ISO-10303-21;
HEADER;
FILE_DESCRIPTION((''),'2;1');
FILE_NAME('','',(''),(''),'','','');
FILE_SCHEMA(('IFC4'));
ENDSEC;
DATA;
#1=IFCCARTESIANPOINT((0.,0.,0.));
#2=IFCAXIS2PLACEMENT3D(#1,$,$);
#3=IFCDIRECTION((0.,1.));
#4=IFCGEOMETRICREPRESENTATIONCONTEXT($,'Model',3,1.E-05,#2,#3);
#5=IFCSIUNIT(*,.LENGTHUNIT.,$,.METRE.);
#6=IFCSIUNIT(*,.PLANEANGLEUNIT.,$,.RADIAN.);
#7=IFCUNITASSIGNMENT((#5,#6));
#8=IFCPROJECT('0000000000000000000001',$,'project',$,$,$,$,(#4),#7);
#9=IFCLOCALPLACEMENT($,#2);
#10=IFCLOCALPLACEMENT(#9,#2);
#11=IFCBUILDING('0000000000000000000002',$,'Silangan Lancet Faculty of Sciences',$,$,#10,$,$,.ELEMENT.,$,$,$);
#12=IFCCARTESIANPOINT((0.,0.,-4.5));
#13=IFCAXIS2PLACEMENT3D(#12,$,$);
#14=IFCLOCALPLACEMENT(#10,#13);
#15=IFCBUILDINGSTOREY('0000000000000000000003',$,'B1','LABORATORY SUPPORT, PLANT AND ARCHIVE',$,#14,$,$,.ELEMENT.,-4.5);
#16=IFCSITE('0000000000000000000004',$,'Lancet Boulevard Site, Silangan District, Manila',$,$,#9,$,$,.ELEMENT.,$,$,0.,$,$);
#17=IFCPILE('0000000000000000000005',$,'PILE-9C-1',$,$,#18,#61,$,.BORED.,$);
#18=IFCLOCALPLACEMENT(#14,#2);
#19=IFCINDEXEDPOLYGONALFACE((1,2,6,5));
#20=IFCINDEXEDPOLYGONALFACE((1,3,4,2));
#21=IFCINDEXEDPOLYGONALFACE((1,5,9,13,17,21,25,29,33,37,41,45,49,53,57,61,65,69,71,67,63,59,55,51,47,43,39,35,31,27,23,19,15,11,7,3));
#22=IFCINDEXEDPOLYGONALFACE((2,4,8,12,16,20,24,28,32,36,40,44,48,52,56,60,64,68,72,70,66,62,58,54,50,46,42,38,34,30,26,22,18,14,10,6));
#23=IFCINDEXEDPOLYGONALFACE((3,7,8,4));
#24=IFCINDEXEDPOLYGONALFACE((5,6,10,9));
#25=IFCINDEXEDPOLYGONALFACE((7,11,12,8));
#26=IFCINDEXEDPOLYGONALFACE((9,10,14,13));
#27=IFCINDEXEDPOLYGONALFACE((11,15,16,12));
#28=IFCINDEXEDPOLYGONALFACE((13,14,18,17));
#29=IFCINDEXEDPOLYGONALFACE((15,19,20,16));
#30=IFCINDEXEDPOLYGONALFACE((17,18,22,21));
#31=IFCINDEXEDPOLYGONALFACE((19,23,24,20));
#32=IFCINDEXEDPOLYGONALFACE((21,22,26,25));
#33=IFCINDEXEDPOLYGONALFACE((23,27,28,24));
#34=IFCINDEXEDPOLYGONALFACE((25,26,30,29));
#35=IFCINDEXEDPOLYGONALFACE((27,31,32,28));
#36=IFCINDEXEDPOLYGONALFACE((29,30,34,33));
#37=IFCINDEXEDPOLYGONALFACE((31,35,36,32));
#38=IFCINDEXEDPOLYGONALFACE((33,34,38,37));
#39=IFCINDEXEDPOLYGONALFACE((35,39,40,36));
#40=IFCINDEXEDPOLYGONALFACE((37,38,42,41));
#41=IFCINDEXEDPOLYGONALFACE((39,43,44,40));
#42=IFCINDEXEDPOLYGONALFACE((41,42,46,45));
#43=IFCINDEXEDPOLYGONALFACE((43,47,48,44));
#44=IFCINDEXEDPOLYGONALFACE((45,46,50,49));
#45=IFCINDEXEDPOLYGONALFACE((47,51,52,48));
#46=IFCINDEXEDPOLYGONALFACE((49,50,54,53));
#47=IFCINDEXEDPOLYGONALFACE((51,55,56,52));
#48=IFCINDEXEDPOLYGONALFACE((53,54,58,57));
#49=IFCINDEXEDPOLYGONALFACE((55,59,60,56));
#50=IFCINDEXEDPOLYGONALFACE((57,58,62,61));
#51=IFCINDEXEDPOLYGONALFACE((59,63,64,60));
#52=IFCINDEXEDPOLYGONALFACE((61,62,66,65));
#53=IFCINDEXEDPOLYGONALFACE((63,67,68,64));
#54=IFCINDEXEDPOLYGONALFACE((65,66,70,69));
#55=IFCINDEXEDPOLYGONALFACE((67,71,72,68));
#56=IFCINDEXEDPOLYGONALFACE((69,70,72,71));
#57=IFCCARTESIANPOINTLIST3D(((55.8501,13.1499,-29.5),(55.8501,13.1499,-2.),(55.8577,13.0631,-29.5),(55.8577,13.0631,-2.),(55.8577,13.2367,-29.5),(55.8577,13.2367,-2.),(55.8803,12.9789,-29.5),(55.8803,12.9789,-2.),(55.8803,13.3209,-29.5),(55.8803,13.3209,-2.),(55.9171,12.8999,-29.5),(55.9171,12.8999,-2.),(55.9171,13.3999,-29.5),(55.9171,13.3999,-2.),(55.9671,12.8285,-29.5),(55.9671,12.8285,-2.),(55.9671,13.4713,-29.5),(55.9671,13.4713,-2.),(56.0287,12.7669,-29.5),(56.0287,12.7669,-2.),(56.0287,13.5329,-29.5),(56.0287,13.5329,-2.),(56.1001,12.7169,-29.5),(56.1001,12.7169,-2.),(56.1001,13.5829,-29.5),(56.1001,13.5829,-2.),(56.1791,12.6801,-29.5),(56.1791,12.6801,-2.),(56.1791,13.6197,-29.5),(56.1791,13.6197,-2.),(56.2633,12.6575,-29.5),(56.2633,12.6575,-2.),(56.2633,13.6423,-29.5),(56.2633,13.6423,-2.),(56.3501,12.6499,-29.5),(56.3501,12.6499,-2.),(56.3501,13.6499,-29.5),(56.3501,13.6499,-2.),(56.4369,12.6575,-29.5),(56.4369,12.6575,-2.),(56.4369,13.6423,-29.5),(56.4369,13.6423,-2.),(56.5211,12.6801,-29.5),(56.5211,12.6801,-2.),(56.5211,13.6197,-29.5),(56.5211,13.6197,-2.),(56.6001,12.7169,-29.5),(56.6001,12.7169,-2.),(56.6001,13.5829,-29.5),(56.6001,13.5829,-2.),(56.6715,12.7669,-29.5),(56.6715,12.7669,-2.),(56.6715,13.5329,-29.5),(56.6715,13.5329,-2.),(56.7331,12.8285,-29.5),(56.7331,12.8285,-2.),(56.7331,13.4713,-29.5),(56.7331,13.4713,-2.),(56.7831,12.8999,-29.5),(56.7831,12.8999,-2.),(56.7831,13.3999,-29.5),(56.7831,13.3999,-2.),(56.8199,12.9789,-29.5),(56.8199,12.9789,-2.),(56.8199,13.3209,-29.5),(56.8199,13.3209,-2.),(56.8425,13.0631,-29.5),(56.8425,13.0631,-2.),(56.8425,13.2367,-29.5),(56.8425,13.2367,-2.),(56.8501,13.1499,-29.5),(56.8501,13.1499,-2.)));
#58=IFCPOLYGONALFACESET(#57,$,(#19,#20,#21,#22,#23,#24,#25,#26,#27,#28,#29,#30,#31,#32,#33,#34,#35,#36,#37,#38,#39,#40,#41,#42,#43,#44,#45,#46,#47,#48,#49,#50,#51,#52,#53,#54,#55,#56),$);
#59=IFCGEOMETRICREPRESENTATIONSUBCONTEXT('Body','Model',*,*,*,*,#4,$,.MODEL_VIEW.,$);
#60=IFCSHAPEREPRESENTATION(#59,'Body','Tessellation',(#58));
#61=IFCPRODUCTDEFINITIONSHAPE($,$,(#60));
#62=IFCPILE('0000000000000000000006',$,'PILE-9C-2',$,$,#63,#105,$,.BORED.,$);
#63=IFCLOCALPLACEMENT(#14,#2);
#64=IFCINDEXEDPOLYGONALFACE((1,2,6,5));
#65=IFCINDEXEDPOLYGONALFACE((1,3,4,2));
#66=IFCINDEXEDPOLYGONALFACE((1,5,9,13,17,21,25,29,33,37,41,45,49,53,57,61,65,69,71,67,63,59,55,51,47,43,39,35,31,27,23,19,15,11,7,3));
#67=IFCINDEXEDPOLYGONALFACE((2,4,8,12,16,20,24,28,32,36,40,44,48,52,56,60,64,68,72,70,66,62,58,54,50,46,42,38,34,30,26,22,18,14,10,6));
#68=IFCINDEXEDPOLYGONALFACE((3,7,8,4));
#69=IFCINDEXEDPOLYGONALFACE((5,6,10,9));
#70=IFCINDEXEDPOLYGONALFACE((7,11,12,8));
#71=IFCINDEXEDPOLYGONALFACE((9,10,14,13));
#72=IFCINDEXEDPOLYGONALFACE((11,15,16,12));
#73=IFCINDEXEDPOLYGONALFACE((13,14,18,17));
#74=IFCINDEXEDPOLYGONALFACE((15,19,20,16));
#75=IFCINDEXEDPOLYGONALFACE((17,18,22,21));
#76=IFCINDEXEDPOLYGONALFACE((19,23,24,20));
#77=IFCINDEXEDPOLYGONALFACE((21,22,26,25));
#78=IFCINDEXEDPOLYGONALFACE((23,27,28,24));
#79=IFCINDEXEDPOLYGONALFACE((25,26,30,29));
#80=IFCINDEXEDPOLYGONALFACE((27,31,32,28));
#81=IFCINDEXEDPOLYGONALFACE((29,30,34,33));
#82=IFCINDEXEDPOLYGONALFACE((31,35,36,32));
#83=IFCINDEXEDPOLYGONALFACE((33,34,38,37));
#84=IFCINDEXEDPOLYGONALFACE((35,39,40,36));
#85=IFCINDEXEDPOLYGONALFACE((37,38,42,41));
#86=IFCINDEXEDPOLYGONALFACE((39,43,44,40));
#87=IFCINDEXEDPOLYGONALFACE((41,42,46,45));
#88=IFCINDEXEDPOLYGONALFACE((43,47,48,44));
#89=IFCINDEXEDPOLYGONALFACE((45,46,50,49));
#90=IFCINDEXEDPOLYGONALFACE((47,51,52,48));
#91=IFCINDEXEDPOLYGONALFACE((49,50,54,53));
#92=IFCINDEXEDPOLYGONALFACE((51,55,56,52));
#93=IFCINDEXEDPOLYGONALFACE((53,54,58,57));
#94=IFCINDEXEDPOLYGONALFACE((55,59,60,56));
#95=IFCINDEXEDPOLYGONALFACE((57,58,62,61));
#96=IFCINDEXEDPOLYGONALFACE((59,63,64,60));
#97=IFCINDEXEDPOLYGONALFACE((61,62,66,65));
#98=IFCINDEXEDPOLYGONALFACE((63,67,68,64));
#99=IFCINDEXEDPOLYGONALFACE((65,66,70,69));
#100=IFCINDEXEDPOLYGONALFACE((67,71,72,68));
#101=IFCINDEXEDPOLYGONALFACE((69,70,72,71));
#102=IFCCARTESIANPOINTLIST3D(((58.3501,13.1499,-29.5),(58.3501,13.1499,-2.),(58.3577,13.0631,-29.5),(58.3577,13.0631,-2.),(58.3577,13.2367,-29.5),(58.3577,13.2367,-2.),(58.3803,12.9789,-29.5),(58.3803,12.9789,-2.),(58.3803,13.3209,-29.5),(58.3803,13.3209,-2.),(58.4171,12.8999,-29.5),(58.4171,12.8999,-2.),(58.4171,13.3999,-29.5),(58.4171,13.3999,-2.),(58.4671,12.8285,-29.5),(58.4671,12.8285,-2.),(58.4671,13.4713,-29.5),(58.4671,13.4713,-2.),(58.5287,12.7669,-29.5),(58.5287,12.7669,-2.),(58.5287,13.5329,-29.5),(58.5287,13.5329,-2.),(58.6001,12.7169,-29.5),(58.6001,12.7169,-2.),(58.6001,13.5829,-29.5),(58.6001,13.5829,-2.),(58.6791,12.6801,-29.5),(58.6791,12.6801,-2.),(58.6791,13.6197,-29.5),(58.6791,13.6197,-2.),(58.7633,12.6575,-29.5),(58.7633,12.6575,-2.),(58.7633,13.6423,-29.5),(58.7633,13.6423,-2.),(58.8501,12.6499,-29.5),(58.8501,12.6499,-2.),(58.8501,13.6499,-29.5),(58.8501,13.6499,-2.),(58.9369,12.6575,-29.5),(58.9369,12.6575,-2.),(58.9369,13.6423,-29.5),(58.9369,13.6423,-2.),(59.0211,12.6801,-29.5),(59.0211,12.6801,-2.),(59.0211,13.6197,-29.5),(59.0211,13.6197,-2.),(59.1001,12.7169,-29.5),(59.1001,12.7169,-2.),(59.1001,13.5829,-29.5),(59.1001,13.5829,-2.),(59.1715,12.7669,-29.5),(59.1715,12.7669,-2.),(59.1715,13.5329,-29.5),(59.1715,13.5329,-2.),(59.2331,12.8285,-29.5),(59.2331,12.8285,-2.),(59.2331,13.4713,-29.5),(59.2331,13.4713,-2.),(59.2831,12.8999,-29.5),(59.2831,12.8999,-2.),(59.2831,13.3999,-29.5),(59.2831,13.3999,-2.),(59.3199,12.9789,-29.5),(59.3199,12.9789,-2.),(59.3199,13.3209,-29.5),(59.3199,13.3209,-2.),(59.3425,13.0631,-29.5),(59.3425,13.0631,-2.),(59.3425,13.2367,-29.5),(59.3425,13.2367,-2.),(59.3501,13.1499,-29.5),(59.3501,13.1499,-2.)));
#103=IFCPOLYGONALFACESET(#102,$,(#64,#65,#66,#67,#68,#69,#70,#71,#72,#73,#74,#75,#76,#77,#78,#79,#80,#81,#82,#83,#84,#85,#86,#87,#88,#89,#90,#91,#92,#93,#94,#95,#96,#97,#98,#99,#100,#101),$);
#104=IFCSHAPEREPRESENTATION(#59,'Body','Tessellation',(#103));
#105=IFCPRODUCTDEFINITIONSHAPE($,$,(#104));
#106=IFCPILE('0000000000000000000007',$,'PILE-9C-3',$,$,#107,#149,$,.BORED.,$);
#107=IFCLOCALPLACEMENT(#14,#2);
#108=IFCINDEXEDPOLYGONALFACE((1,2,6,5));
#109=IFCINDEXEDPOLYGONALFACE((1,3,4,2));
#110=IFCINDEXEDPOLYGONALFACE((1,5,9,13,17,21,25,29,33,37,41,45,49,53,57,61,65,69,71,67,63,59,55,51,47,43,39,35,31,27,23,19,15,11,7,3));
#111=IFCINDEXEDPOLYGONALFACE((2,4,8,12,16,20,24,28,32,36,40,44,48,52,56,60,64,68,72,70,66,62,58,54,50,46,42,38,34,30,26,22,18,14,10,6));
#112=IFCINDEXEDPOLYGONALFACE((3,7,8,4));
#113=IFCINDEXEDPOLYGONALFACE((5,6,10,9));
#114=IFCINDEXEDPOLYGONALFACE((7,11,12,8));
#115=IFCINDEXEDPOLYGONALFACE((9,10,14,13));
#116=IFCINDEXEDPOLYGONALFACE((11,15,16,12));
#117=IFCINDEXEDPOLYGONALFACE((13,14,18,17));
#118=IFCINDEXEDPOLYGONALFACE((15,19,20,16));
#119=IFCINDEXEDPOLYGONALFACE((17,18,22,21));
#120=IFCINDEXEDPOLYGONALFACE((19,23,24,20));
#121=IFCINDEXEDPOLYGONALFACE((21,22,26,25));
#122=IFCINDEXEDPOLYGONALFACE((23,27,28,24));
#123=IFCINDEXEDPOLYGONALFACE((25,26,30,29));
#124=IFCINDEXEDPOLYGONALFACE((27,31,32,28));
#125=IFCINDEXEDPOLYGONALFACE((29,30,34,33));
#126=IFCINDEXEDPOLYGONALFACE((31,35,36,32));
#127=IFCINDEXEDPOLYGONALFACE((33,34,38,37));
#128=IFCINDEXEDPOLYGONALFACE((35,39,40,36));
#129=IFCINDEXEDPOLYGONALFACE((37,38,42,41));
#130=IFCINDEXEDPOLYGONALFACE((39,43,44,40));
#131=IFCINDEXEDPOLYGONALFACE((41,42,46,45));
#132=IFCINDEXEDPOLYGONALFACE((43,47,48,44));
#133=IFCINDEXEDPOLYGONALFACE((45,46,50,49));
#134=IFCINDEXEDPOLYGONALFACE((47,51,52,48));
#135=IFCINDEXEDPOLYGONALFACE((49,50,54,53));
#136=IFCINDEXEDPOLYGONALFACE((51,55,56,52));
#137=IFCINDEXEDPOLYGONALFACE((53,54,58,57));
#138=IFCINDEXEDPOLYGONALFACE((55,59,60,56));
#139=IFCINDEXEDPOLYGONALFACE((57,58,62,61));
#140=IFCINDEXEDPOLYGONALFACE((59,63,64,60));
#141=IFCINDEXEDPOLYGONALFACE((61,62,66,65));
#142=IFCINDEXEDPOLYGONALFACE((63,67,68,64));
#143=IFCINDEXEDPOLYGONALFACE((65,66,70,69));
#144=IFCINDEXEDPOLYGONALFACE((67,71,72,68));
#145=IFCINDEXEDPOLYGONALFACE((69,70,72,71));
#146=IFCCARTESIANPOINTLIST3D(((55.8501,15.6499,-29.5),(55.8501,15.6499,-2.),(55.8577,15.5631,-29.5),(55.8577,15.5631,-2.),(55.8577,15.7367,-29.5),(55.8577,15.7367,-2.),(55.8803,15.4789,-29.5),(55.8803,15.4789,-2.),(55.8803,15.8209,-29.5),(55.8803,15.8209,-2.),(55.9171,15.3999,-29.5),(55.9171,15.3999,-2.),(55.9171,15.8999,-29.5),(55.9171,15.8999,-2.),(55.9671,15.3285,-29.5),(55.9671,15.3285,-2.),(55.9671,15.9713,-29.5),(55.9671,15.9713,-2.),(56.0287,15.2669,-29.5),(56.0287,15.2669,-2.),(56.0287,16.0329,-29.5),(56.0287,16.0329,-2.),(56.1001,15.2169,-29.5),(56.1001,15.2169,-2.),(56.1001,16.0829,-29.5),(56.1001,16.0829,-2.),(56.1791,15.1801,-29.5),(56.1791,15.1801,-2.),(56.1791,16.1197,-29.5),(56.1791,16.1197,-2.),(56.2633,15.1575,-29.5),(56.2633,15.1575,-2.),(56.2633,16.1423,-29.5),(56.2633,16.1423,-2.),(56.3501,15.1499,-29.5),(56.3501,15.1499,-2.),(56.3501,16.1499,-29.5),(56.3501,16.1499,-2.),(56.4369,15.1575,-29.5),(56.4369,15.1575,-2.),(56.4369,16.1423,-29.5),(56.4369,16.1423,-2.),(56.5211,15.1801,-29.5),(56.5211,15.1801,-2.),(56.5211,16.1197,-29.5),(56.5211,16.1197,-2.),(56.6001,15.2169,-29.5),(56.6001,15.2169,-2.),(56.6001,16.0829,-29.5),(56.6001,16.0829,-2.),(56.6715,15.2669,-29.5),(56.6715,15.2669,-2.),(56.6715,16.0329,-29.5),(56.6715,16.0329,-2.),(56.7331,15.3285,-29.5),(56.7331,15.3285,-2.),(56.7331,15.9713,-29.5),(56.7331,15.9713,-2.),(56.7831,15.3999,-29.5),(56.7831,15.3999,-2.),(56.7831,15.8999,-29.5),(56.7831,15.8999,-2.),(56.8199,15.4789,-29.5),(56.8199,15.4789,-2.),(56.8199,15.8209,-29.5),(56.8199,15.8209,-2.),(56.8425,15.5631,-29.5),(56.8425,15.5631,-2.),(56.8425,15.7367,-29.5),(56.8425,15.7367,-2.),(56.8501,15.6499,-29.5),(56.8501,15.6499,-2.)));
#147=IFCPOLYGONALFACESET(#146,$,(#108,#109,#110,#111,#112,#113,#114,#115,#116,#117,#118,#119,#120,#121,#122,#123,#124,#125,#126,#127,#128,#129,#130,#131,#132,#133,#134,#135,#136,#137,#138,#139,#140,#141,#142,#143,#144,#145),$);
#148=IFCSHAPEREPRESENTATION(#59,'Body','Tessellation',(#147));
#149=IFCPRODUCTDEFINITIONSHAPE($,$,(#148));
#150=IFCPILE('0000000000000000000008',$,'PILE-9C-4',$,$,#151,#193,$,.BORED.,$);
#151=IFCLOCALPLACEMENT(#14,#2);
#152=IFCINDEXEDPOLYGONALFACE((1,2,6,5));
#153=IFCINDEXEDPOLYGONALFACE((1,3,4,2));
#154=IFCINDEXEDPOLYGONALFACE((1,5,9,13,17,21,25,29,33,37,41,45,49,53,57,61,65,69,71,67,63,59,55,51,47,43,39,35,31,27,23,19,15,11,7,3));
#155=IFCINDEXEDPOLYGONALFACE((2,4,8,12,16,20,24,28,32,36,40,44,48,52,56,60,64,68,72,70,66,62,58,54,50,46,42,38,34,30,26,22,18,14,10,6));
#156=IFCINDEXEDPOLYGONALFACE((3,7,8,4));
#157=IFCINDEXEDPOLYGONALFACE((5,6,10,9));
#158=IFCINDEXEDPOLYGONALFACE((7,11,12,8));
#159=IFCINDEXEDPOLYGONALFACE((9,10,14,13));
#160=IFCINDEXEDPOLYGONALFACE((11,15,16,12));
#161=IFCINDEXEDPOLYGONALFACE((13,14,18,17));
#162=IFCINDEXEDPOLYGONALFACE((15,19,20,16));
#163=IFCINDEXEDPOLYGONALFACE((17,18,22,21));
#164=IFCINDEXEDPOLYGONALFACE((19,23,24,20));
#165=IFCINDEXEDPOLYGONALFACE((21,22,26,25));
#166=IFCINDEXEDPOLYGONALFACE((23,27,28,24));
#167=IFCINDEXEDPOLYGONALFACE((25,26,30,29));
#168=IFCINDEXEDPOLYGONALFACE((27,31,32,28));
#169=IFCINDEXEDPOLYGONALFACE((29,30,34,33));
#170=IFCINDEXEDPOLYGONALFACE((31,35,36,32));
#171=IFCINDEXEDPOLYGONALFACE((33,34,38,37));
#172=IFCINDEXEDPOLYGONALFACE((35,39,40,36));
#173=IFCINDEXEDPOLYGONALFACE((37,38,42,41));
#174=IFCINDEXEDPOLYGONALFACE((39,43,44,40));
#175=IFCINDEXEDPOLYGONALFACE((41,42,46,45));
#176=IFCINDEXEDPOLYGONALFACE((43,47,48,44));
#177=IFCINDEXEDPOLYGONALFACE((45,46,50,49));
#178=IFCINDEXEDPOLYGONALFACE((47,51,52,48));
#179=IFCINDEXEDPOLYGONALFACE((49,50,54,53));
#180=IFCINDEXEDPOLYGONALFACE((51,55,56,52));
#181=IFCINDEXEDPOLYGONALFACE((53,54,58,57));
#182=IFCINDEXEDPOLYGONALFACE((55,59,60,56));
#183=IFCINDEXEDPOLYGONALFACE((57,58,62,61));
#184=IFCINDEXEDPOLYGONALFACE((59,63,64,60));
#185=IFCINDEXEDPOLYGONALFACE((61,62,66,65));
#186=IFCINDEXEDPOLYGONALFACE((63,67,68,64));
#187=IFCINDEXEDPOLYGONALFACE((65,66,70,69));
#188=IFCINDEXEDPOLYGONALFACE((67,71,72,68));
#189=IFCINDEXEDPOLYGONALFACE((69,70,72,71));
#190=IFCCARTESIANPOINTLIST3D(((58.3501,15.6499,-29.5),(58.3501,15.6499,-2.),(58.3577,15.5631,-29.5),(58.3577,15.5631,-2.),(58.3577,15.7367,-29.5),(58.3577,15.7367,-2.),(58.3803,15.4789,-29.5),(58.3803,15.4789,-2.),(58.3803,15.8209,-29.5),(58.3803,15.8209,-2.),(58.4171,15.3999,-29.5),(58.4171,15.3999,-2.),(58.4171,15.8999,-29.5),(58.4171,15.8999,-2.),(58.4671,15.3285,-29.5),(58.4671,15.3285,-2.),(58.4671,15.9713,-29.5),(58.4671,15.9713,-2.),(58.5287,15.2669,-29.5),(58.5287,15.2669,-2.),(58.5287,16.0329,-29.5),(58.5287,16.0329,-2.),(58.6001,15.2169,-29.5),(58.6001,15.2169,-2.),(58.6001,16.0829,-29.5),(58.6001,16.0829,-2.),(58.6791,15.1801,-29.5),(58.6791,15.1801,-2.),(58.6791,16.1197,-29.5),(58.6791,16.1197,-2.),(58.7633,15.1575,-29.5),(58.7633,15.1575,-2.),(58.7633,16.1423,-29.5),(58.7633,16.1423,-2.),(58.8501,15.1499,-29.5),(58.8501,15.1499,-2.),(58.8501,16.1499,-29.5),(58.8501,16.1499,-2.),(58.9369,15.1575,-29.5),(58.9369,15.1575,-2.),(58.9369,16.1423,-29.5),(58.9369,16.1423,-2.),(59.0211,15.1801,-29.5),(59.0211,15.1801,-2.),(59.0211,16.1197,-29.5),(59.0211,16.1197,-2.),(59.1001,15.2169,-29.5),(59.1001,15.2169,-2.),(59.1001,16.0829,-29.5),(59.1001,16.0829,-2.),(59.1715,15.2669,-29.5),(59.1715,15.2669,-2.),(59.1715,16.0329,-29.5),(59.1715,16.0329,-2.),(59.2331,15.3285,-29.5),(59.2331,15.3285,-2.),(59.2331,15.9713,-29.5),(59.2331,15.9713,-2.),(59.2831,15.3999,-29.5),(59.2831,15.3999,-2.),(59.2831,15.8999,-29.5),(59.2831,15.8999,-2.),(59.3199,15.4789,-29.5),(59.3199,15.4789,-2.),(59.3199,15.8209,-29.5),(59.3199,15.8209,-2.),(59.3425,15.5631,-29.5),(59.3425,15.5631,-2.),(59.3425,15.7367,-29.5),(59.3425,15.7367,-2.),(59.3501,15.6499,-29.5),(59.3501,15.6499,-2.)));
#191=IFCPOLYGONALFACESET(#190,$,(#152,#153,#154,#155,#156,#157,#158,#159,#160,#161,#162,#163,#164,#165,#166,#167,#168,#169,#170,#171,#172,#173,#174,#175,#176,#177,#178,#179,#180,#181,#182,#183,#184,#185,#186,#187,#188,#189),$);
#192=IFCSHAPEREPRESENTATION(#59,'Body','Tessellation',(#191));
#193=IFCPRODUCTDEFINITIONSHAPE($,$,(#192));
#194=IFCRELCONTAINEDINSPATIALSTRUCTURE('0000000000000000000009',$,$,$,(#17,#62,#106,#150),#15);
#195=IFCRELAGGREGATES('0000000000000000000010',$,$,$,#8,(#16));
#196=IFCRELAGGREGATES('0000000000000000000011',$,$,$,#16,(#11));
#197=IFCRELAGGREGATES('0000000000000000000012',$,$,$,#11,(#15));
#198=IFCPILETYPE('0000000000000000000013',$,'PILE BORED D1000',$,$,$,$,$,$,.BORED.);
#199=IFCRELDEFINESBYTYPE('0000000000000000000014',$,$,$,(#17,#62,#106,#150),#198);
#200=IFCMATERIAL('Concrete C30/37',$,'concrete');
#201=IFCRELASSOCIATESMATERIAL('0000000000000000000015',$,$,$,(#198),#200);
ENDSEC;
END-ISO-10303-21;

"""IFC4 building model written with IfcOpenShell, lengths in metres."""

from ifc_helpers import new_model, si_unit, direction, frame, origin, origin_2d, place, context, subcontext, project, spatial, circle, extrude, material, material_profile, profile_set, type_object, element, save


model = new_model("IFC4")

# Units and contexts
model_context = context("Model", 3, precision=1e-05, world=origin(), true_north=direction((0.0, 1.0)))
body_context = subcontext(model_context, "Body", "Model", "MODEL_VIEW")
ifc_project = project(units=[si_unit("LENGTHUNIT", "METRE"), si_unit("PLANEANGLEUNIT", "RADIAN")], contexts=[model_context])

# Site, building, storey
site_placement = place(None, origin())
site = spatial("IfcSite", under=ifc_project, at=site_placement, Name="Lancet Boulevard Site, Silangan District, Manila", CompositionType="ELEMENT", RefElevation=0.0)
building_placement = place(site_placement, origin())
building = spatial("IfcBuilding", under=site, at=building_placement, Name="Silangan Lancet Faculty of Sciences", CompositionType="ELEMENT")
storey_placement = place(building_placement, frame((0.0, 0.0, -4.5)))
storey = spatial("IfcBuildingStorey", under=building, at=storey_placement, Name="B1", Description="LABORATORY SUPPORT, PLANT AND ARCHIVE", CompositionType="ELEMENT", Elevation=-4.5)

# Piles
ifc_material_1 = material(Name="Concrete C30/37", Category="concrete")
ifc_material_profile_1 = material_profile(ifc_material_1, circle(Radius=0.5, at=origin_2d()), Name="BORED PILE D1000")
ifc_profile_set_1 = profile_set([ifc_material_profile_1], Name="Concrete C30/37")
pile_type = type_object("IfcPileType", Name="PILE BORED D1000", PredefinedType="BORED", material=ifc_profile_set_1)
for number, where, z_axis, x_axis, name in (
    (1, (56.3501, 13.1499, -2.0), (0.0, 0.0, -1.0), (1.0, 0.0, 0.0), "PILE-9C-1"),
    (2, (58.8501, 13.1499, -2.0), (0.0, 0.0, -1.0), (1.0, 0.0, 0.0), "PILE-9C-2"),
    (3, (56.3501, 15.6499, -2.0), (0.0, 0.0, -1.0), (1.0, 0.0, 0.0), "PILE-9C-3"),
    (4, (58.8501, 15.6499, -2.0), (0.0, 0.0, -1.0), (1.0, 0.0, 0.0), "PILE-9C-4"),
):
    element("IfcPile", number, at=place(storey_placement, frame(where, z_axis=z_axis, x_axis=x_axis)), inside=storey, type_object=pile_type, Name=name, PredefinedType="BORED", context=body_context, shape_type="SweptSolid", body=[
        extrude(circle(Radius=0.5, at=origin_2d()), origin(), (0.0, 0.0, 1.0), 27.5),
    ])

save(model, "model.ifc")
